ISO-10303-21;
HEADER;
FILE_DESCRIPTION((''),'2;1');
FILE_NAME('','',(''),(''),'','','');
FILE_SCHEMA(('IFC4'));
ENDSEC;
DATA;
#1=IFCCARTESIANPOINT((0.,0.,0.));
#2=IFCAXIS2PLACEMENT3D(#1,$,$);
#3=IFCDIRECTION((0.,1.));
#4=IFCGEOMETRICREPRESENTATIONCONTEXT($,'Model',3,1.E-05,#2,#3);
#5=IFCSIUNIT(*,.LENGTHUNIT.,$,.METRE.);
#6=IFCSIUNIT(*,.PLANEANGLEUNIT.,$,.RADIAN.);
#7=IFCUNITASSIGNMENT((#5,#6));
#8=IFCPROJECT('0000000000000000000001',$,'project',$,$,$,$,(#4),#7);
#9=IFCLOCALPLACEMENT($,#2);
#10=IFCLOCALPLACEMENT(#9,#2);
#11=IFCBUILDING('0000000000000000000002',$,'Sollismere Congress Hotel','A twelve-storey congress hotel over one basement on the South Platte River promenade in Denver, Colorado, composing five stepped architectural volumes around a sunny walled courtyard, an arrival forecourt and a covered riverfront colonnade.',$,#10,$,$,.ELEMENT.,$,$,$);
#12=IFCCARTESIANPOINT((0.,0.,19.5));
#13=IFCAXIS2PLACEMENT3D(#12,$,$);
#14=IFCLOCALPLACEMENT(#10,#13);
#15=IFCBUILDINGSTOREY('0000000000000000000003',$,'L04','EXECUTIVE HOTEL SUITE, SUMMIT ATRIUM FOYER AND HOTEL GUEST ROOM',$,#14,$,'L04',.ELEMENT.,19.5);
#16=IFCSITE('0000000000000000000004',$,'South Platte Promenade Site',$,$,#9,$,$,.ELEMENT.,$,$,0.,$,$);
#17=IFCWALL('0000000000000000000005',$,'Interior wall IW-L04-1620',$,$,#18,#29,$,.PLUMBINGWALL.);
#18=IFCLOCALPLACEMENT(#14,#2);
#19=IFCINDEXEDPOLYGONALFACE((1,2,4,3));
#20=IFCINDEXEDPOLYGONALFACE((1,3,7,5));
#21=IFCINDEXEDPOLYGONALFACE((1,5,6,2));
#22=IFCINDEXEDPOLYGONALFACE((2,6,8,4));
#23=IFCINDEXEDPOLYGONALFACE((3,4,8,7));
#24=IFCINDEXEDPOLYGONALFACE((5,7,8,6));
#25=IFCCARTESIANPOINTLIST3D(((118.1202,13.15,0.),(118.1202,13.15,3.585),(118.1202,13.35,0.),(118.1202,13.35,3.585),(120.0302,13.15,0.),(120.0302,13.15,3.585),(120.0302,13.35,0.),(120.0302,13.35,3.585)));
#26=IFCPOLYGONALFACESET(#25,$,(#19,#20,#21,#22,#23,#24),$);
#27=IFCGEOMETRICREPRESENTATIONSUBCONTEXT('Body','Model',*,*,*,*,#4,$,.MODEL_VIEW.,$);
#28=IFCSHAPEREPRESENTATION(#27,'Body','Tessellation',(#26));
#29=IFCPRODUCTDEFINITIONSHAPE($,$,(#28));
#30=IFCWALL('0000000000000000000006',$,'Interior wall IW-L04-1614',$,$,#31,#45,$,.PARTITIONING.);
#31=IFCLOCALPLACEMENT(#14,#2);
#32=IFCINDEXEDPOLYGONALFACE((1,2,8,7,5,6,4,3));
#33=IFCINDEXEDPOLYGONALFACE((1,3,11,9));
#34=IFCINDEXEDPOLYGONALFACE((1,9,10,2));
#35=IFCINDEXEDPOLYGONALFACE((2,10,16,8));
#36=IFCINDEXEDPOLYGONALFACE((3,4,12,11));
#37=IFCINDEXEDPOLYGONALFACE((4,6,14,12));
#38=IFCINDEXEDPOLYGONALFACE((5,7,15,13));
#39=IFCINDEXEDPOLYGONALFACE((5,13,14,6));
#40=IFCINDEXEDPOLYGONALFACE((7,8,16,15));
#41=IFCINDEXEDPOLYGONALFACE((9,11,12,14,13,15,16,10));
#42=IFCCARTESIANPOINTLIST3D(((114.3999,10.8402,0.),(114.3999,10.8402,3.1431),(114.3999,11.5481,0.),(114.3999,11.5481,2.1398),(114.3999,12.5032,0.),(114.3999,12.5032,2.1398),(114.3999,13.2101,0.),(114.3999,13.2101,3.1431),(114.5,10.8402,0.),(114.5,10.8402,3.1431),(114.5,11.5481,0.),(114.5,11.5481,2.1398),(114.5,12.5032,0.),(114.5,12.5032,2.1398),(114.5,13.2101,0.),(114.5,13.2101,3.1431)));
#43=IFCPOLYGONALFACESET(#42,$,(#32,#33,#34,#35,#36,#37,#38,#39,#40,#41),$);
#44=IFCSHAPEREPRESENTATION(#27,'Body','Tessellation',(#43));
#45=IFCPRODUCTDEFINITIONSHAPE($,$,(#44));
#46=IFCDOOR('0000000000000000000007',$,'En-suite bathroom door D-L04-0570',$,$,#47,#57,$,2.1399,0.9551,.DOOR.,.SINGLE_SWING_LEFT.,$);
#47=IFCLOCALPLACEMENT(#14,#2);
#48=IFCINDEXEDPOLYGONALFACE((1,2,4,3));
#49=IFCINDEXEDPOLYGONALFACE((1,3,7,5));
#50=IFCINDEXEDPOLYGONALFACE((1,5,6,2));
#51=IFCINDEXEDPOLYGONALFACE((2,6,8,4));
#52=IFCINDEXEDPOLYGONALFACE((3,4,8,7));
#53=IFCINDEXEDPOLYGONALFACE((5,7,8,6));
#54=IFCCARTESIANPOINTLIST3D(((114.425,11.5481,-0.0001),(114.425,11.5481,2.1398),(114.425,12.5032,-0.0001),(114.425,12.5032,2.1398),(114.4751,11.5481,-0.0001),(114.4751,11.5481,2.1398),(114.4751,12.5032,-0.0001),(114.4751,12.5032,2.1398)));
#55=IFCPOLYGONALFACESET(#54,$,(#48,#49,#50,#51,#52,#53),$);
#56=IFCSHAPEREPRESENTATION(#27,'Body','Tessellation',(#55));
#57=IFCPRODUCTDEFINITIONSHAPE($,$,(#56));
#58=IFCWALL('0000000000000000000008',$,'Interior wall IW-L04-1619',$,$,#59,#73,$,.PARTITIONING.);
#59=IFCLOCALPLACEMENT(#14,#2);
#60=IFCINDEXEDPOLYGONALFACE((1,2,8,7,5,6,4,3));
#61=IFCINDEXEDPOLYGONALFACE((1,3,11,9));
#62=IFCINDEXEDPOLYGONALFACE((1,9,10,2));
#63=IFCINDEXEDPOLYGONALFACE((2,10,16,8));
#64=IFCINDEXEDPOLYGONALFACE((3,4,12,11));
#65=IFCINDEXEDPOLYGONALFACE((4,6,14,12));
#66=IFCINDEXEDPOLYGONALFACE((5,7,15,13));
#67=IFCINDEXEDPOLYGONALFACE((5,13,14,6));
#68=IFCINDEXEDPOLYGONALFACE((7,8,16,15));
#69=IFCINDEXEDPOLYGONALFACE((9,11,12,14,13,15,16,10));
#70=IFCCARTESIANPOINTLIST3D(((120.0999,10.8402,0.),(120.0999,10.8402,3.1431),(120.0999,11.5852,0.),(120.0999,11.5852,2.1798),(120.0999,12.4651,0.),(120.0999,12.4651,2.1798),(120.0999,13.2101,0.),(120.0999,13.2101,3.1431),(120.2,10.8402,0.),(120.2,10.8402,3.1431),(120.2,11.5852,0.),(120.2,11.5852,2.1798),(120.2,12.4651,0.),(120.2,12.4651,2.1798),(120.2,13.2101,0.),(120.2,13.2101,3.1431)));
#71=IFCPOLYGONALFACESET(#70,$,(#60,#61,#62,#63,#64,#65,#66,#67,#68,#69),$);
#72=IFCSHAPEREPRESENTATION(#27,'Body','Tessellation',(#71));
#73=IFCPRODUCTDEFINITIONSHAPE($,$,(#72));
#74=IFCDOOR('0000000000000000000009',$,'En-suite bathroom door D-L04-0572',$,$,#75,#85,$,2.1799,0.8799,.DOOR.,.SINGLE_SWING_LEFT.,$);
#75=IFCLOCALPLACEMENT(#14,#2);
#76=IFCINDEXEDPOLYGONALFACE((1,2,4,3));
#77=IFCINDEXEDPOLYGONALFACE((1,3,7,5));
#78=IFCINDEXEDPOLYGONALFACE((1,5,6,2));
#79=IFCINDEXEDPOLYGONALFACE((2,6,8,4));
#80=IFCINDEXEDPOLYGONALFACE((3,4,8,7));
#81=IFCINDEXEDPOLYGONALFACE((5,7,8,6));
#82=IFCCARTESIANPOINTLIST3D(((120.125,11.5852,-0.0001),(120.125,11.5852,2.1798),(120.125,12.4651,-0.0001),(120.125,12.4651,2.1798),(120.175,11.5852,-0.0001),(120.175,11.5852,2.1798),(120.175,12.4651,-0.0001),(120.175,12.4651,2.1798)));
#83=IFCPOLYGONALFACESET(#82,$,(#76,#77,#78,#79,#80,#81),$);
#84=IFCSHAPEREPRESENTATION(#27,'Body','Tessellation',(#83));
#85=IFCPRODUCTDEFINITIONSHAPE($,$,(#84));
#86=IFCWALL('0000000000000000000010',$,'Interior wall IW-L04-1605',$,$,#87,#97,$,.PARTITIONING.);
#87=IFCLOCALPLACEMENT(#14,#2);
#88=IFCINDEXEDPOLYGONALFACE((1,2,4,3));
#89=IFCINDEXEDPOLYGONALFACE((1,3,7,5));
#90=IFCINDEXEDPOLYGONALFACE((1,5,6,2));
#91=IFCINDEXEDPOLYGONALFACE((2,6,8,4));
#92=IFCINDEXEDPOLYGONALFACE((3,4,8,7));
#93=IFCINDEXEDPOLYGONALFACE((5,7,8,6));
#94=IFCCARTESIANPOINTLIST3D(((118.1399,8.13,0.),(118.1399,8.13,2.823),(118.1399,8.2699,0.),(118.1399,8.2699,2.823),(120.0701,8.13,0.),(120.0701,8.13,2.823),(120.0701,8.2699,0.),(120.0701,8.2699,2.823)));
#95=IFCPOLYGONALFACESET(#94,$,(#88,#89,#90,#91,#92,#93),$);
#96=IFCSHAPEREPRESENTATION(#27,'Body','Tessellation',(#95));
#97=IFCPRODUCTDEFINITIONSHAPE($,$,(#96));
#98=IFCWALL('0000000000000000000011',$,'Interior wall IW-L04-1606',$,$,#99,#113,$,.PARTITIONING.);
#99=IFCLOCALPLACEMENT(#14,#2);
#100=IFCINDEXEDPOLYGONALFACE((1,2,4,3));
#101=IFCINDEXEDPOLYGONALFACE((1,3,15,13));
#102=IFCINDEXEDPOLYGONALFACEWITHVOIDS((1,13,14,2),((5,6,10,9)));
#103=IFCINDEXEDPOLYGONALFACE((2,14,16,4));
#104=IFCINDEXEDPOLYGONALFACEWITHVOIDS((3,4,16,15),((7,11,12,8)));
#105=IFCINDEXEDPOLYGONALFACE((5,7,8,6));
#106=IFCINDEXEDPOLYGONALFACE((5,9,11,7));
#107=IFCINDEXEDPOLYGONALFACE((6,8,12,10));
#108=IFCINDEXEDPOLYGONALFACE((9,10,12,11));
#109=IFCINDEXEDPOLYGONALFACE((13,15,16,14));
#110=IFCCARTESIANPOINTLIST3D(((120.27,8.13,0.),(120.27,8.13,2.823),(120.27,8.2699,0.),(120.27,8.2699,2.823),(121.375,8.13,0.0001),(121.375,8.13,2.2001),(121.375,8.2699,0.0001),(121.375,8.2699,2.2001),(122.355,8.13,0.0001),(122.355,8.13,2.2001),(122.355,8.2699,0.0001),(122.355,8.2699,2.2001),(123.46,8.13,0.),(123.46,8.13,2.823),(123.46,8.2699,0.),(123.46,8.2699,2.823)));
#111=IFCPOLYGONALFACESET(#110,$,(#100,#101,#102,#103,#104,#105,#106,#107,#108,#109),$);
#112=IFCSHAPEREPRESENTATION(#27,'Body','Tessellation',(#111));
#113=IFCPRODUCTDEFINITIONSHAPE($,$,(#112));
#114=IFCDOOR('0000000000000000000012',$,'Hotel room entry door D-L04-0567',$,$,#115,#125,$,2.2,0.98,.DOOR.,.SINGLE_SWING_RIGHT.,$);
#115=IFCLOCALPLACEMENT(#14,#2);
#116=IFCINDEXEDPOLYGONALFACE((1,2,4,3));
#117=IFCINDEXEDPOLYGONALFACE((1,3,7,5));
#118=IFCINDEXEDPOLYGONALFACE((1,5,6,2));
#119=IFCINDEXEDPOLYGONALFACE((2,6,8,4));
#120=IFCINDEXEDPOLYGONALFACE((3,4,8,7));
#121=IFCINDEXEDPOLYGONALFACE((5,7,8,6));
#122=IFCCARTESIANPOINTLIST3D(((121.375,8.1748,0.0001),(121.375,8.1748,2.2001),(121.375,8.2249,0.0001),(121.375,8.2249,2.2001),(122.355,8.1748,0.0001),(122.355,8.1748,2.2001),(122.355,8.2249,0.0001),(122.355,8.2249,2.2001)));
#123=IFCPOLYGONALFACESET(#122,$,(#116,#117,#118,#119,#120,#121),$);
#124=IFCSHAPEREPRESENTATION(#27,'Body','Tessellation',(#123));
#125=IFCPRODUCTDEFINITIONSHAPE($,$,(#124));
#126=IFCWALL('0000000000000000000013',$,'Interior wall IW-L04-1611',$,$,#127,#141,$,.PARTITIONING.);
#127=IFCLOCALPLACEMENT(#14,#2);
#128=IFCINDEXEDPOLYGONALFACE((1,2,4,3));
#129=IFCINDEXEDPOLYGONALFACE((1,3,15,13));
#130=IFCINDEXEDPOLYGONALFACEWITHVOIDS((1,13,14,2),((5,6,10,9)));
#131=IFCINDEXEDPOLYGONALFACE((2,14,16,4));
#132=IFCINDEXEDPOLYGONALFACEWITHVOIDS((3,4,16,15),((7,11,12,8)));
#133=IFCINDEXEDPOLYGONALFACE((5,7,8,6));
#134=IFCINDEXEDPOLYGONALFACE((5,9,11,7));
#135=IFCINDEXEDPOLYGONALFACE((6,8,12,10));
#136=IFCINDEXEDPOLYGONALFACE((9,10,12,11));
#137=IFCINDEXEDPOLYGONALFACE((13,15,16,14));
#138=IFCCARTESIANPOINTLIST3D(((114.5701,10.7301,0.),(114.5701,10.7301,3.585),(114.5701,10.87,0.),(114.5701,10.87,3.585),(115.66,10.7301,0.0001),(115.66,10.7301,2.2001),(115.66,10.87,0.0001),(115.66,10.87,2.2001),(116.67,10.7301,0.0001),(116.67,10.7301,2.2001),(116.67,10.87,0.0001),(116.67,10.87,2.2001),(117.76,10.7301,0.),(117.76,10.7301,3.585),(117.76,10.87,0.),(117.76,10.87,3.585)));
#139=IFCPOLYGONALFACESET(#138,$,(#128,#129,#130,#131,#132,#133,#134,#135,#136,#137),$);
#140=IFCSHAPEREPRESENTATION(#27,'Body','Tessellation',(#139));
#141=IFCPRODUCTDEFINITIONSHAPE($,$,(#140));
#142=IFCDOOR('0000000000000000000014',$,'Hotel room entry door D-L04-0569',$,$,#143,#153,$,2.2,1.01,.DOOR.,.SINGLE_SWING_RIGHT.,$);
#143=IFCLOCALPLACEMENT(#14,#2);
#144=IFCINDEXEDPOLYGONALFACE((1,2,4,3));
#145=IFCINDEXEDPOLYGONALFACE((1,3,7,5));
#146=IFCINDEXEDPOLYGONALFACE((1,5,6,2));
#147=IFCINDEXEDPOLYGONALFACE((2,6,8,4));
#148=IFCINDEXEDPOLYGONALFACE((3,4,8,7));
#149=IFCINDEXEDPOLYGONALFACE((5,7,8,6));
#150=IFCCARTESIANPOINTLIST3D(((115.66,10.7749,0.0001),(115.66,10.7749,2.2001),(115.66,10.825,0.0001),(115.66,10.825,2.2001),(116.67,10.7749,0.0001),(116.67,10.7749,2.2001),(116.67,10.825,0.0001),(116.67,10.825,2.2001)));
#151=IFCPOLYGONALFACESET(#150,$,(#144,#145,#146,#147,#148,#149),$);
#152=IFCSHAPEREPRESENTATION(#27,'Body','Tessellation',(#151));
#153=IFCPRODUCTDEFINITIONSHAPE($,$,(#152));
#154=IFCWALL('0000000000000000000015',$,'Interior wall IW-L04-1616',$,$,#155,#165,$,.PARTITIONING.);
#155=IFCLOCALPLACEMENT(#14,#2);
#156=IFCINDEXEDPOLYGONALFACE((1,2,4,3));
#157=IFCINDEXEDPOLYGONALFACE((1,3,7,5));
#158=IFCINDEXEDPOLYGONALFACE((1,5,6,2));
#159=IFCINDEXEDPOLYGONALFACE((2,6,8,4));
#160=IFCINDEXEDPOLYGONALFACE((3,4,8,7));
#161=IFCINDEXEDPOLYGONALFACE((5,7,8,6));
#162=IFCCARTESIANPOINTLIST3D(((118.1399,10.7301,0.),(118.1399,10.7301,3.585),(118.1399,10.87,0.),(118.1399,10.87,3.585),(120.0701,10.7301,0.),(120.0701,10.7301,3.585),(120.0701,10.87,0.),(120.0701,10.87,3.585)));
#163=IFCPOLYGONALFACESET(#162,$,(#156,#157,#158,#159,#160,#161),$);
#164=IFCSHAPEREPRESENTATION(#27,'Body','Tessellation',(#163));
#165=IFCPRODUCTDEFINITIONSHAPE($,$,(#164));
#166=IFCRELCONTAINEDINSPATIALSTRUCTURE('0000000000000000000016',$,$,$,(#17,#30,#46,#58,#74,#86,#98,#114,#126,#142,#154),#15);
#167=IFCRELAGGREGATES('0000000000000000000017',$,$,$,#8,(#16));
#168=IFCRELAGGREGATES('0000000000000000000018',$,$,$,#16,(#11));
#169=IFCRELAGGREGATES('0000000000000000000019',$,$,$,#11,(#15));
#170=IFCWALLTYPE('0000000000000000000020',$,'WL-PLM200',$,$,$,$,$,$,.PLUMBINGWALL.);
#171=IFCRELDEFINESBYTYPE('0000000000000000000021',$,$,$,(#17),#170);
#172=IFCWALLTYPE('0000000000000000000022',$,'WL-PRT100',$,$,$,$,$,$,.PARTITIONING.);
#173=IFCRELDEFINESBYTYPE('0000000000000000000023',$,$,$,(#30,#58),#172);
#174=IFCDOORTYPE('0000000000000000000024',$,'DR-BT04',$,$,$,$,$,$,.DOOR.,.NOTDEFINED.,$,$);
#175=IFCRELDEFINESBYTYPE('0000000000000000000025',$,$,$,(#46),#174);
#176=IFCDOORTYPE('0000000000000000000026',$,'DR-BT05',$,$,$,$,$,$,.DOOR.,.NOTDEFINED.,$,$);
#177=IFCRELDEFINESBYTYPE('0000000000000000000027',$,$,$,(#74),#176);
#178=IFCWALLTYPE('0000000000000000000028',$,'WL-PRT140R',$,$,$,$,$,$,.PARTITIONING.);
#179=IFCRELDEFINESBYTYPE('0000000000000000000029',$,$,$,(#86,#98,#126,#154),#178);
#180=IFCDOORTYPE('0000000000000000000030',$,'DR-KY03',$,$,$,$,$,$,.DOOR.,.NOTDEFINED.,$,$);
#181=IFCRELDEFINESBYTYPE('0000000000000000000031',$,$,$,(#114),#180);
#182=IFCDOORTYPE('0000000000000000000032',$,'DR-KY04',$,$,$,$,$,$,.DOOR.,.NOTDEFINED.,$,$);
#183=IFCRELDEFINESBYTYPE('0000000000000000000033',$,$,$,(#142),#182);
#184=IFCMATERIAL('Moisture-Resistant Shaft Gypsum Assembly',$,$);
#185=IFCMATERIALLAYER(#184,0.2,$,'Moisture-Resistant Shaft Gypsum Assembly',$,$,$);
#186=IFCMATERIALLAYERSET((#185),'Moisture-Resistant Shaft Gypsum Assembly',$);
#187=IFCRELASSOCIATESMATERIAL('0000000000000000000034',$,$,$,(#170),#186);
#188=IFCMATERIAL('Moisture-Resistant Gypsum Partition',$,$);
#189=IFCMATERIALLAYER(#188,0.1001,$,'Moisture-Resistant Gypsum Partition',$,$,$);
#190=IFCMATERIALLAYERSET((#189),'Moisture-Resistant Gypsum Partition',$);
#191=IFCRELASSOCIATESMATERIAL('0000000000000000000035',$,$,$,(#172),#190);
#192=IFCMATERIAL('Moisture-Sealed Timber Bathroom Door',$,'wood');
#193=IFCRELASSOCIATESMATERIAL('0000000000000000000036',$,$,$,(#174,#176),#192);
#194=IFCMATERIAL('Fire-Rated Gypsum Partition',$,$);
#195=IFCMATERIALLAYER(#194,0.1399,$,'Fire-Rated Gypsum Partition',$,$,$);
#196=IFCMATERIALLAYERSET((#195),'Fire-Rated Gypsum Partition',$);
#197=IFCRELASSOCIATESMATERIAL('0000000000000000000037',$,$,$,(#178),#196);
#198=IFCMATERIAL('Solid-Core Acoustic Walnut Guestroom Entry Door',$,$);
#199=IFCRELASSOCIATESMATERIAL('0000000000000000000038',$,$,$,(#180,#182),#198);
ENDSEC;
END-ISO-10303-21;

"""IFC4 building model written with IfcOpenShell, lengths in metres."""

from ifc_helpers import new_model, si_unit, direction, frame, frame_2d, origin, place, context, subcontext, project, spatial, rectangle, extrude, material, layer, layer_set, type_object, element, fill, save


model = new_model("IFC4")

# Units and contexts
model_context = context("Model", 3, precision=1e-05, world=origin(), true_north=direction((0.0, 1.0)))
body_context = subcontext(model_context, "Body", "Model", "MODEL_VIEW")
ifc_project = project(units=[si_unit("LENGTHUNIT", "METRE"), si_unit("PLANEANGLEUNIT", "RADIAN")], contexts=[model_context])

# Site, building, storey
site_placement = place(None, origin())
site = spatial("IfcSite", under=ifc_project, at=site_placement, Name="South Platte Promenade Site", CompositionType="ELEMENT", RefElevation=0.0)
building_placement = place(site_placement, origin())
building = spatial("IfcBuilding", under=site, at=building_placement, Name="Sollismere Congress Hotel", Description="A twelve-storey congress hotel over one basement on the South Platte River promenade in Denver, Colorado, composing five stepped architectural volumes around a sunny walled courtyard, an arrival forecourt and a covered riverfront colonnade.", CompositionType="ELEMENT")
storey_placement = place(building_placement, frame((0.0, 0.0, 19.5)))
storey = spatial("IfcBuildingStorey", under=building, at=storey_placement, Name="L04", Description="EXECUTIVE HOTEL SUITE, SUMMIT ATRIUM FOYER AND HOTEL GUEST ROOM", LongName="L04", CompositionType="ELEMENT", Elevation=19.5)

# Wall
ifc_material_1 = material(Name="Moisture-Resistant Shaft Gypsum Assembly")
ifc_layer_1 = layer(ifc_material_1, 0.2, Name="Moisture-Resistant Shaft Gypsum Assembly")
ifc_layer_set_1 = layer_set([ifc_layer_1], Name="Moisture-Resistant Shaft Gypsum Assembly")
wall_type_1 = type_object("IfcWallType", Name="WL-PLM200", PredefinedType="PLUMBINGWALL", material=ifc_layer_set_1)
wall_1_placement = place(storey_placement, frame((118.1201, 13.25, 0.0), z_axis=(0.0, 0.0, 1.0), x_axis=(1.0, 0.0, 0.0)))
element("IfcWall", 1, at=wall_1_placement, inside=storey, type_object=wall_type_1, Name="Interior wall IW-L04-1620", PredefinedType="PLUMBINGWALL", context=body_context, shape_type="SweptSolid", body=[
    extrude(rectangle(XDim=1.9099, YDim=0.2, at=frame_2d((0.9551, 0.0))), origin(), (0.0, 0.0, 1.0), 3.585),
])

# Walls, openings, doors
ifc_material_2 = material(Name="Moisture-Resistant Gypsum Partition")
ifc_layer_2 = layer(ifc_material_2, 0.1001, Name="Moisture-Resistant Gypsum Partition")
ifc_layer_set_2 = layer_set([ifc_layer_2], Name="Moisture-Resistant Gypsum Partition")
wall_type_2 = type_object("IfcWallType", Name="WL-PRT100", PredefinedType="PARTITIONING", material=ifc_layer_set_2)
wall_2_placement = place(storey_placement, frame((114.45, 10.8401, 0.0), z_axis=(0.0, 0.0, 1.0), x_axis=(0.0, 1.0, 0.0)))
wall_2 = element("IfcWall", 2, at=wall_2_placement, inside=storey, type_object=wall_type_2, Name="Interior wall IW-L04-1614", PredefinedType="PARTITIONING", context=body_context, shape_type="SweptSolid", body=[
    extrude(rectangle(XDim=2.3699, YDim=0.1001, at=frame_2d((1.1851, 0.0))), origin(), (0.0, 0.0, 1.0), 3.1431),
])
opening_1_placement = place(wall_2_placement, frame((0.708, 0.0, 0.0)))
opening_1 = element("IfcOpeningElement", 3, at=opening_1_placement, cuts=wall_2, PredefinedType="OPENING", context=body_context, shape_type="SweptSolid", body=[
    extrude(rectangle(XDim=0.9551, YDim=2.1399, at=frame_2d((0.4775, 1.0698))), frame((0.0, 0.0601, 0.0), z_axis=(0.0, -1.0, 0.0), x_axis=(1.0, 0.0, 0.0)), (0.0, 0.0, 1.0), 0.1201),
])
ifc_material_3 = material(Name="Moisture-Sealed Timber Bathroom Door", Category="wood")
door_type_1 = type_object("IfcDoorType", Name="DR-BT04", OperationType="NOTDEFINED", PredefinedType="DOOR", material=ifc_material_3)
door_1_placement = place(opening_1_placement, origin())
door_1 = element("IfcDoor", 4, at=door_1_placement, inside=storey, type_object=door_type_1, Name="En-suite bathroom door D-L04-0570", OperationType="SINGLE_SWING_LEFT", OverallHeight=2.1399, OverallWidth=0.9551, PredefinedType="DOOR", context=body_context, shape_type="SweptSolid", body=[
    extrude(rectangle(XDim=0.9551, YDim=2.1399, at=frame_2d((0.4775, 1.0698))), frame((0.0, 0.0249, 0.0), z_axis=(0.0, -1.0, 0.0), x_axis=(1.0, 0.0, 0.0)), (0.0, 0.0, 1.0), 0.05),
])
fill(opening_1, door_1)
wall_3_placement = place(storey_placement, frame((120.1499, 10.8401, 0.0), z_axis=(0.0, 0.0, 1.0), x_axis=(0.0, 1.0, 0.0)))
wall_3 = element("IfcWall", 5, at=wall_3_placement, inside=storey, type_object=wall_type_2, Name="Interior wall IW-L04-1619", PredefinedType="PARTITIONING", context=body_context, shape_type="SweptSolid", body=[
    extrude(rectangle(XDim=2.3699, YDim=0.1001, at=frame_2d((1.1851, 0.0))), origin(), (0.0, 0.0, 1.0), 3.1431),
])
opening_2_placement = place(wall_3_placement, frame((0.7451, 0.0, 0.0)))
opening_2 = element("IfcOpeningElement", 6, at=opening_2_placement, cuts=wall_3, PredefinedType="OPENING", context=body_context, shape_type="SweptSolid", body=[
    extrude(rectangle(XDim=0.8799, YDim=2.1799, at=frame_2d((0.4399, 1.0898))), frame((0.0, 0.0601, 0.0), z_axis=(0.0, -1.0, 0.0), x_axis=(1.0, 0.0, 0.0)), (0.0, 0.0, 1.0), 0.1201),
])
door_type_2 = type_object("IfcDoorType", Name="DR-BT05", OperationType="NOTDEFINED", PredefinedType="DOOR", material=ifc_material_3)
door_2_placement = place(opening_2_placement, origin())
door_2 = element("IfcDoor", 7, at=door_2_placement, inside=storey, type_object=door_type_2, Name="En-suite bathroom door D-L04-0572", OperationType="SINGLE_SWING_LEFT", OverallHeight=2.1799, OverallWidth=0.8799, PredefinedType="DOOR", context=body_context, shape_type="SweptSolid", body=[
    extrude(rectangle(XDim=0.8799, YDim=2.1799, at=frame_2d((0.4399, 1.0898))), frame((0.0, 0.0249, 0.0), z_axis=(0.0, -1.0, 0.0), x_axis=(1.0, 0.0, 0.0)), (0.0, 0.0, 1.0), 0.05),
])
fill(opening_2, door_2)
ifc_material_4 = material(Name="Fire-Rated Gypsum Partition")
ifc_layer_3 = layer(ifc_material_4, 0.1399, Name="Fire-Rated Gypsum Partition")
ifc_layer_set_3 = layer_set([ifc_layer_3], Name="Fire-Rated Gypsum Partition")
wall_type_3 = type_object("IfcWallType", Name="WL-PRT140R", PredefinedType="PARTITIONING", material=ifc_layer_set_3)
ifc_material_5 = material(Name="Solid-Core Acoustic Walnut Guestroom Entry Door")

# Wall
wall_4_placement = place(storey_placement, frame((118.1399, 8.2, 0.0), z_axis=(0.0, 0.0, 1.0), x_axis=(1.0, 0.0, 0.0)))
element("IfcWall", 8, at=wall_4_placement, inside=storey, type_object=wall_type_3, Name="Interior wall IW-L04-1605", PredefinedType="PARTITIONING", context=body_context, shape_type="SweptSolid", body=[
    extrude(rectangle(XDim=1.9302, YDim=0.1399, at=frame_2d((0.9651, 0.0))), origin(), (0.0, 0.0, 1.0), 2.823),
])

# Walls, openings, doors
wall_5_placement = place(storey_placement, frame((120.27, 8.2, 0.0), z_axis=(0.0, 0.0, 1.0), x_axis=(1.0, 0.0, 0.0)))
wall_5 = element("IfcWall", 9, at=wall_5_placement, inside=storey, type_object=wall_type_3, Name="Interior wall IW-L04-1606", PredefinedType="PARTITIONING", context=body_context, shape_type="SweptSolid", body=[
    extrude(rectangle(XDim=3.1899, YDim=0.1399, at=frame_2d((1.595, 0.0))), origin(), (0.0, 0.0, 1.0), 2.823),
])
opening_3_placement = place(wall_5_placement, frame((1.105, 0.0, 0.0)))
opening_3 = element("IfcOpeningElement", 10, at=opening_3_placement, cuts=wall_5, PredefinedType="OPENING", context=body_context, shape_type="SweptSolid", body=[
    extrude(rectangle(XDim=0.98, YDim=2.2, at=frame_2d((0.49, 1.1001))), frame((0.0, 0.0798, 0.0), z_axis=(0.0, -1.0, 0.0), x_axis=(1.0, 0.0, 0.0)), (0.0, 0.0, 1.0), 0.1599),
])
door_type_3 = type_object("IfcDoorType", Name="DR-KY03", OperationType="NOTDEFINED", PredefinedType="DOOR", material=ifc_material_5)
door_3_placement = place(opening_3_placement, origin())
door_3 = element("IfcDoor", 11, at=door_3_placement, inside=storey, type_object=door_type_3, Name="Hotel room entry door D-L04-0567", OperationType="SINGLE_SWING_RIGHT", OverallHeight=2.2, OverallWidth=0.98, PredefinedType="DOOR", context=body_context, shape_type="SweptSolid", body=[
    extrude(rectangle(XDim=0.98, YDim=2.2, at=frame_2d((0.49, 1.1001))), frame((0.0, 0.0249, 0.0), z_axis=(0.0, -1.0, 0.0), x_axis=(1.0, 0.0, 0.0)), (0.0, 0.0, 1.0), 0.05),
])
fill(opening_3, door_3)
wall_6_placement = place(storey_placement, frame((114.5701, 10.8, 0.0), z_axis=(0.0, 0.0, 1.0), x_axis=(1.0, 0.0, 0.0)))
wall_6 = element("IfcWall", 12, at=wall_6_placement, inside=storey, type_object=wall_type_3, Name="Interior wall IW-L04-1611", PredefinedType="PARTITIONING", context=body_context, shape_type="SweptSolid", body=[
    extrude(rectangle(XDim=3.1899, YDim=0.1399, at=frame_2d((1.595, 0.0))), origin(), (0.0, 0.0, 1.0), 3.585),
])
opening_4_placement = place(wall_6_placement, frame((1.0901, 0.0, 0.0)))
opening_4 = element("IfcOpeningElement", 13, at=opening_4_placement, cuts=wall_6, PredefinedType="OPENING", context=body_context, shape_type="SweptSolid", body=[
    extrude(rectangle(XDim=1.01, YDim=2.2, at=frame_2d((0.5049, 1.1001))), frame((0.0, 0.0798, 0.0), z_axis=(0.0, -1.0, 0.0), x_axis=(1.0, 0.0, 0.0)), (0.0, 0.0, 1.0), 0.1599),
])
door_type_4 = type_object("IfcDoorType", Name="DR-KY04", OperationType="NOTDEFINED", PredefinedType="DOOR", material=ifc_material_5)
door_4_placement = place(opening_4_placement, origin())
door_4 = element("IfcDoor", 14, at=door_4_placement, inside=storey, type_object=door_type_4, Name="Hotel room entry door D-L04-0569", OperationType="SINGLE_SWING_RIGHT", OverallHeight=2.2, OverallWidth=1.01, PredefinedType="DOOR", context=body_context, shape_type="SweptSolid", body=[
    extrude(rectangle(XDim=1.01, YDim=2.2, at=frame_2d((0.5049, 1.1001))), frame((0.0, 0.0249, 0.0), z_axis=(0.0, -1.0, 0.0), x_axis=(1.0, 0.0, 0.0)), (0.0, 0.0, 1.0), 0.05),
])
fill(opening_4, door_4)

# Wall
wall_7_placement = place(storey_placement, frame((118.1399, 10.8, 0.0), z_axis=(0.0, 0.0, 1.0), x_axis=(1.0, 0.0, 0.0)))
element("IfcWall", 15, at=wall_7_placement, inside=storey, type_object=wall_type_3, Name="Interior wall IW-L04-1616", PredefinedType="PARTITIONING", context=body_context, shape_type="SweptSolid", body=[
    extrude(rectangle(XDim=1.9302, YDim=0.1399, at=frame_2d((0.9651, 0.0))), origin(), (0.0, 0.0, 1.0), 3.585),
])

save(model, "model.ifc")
